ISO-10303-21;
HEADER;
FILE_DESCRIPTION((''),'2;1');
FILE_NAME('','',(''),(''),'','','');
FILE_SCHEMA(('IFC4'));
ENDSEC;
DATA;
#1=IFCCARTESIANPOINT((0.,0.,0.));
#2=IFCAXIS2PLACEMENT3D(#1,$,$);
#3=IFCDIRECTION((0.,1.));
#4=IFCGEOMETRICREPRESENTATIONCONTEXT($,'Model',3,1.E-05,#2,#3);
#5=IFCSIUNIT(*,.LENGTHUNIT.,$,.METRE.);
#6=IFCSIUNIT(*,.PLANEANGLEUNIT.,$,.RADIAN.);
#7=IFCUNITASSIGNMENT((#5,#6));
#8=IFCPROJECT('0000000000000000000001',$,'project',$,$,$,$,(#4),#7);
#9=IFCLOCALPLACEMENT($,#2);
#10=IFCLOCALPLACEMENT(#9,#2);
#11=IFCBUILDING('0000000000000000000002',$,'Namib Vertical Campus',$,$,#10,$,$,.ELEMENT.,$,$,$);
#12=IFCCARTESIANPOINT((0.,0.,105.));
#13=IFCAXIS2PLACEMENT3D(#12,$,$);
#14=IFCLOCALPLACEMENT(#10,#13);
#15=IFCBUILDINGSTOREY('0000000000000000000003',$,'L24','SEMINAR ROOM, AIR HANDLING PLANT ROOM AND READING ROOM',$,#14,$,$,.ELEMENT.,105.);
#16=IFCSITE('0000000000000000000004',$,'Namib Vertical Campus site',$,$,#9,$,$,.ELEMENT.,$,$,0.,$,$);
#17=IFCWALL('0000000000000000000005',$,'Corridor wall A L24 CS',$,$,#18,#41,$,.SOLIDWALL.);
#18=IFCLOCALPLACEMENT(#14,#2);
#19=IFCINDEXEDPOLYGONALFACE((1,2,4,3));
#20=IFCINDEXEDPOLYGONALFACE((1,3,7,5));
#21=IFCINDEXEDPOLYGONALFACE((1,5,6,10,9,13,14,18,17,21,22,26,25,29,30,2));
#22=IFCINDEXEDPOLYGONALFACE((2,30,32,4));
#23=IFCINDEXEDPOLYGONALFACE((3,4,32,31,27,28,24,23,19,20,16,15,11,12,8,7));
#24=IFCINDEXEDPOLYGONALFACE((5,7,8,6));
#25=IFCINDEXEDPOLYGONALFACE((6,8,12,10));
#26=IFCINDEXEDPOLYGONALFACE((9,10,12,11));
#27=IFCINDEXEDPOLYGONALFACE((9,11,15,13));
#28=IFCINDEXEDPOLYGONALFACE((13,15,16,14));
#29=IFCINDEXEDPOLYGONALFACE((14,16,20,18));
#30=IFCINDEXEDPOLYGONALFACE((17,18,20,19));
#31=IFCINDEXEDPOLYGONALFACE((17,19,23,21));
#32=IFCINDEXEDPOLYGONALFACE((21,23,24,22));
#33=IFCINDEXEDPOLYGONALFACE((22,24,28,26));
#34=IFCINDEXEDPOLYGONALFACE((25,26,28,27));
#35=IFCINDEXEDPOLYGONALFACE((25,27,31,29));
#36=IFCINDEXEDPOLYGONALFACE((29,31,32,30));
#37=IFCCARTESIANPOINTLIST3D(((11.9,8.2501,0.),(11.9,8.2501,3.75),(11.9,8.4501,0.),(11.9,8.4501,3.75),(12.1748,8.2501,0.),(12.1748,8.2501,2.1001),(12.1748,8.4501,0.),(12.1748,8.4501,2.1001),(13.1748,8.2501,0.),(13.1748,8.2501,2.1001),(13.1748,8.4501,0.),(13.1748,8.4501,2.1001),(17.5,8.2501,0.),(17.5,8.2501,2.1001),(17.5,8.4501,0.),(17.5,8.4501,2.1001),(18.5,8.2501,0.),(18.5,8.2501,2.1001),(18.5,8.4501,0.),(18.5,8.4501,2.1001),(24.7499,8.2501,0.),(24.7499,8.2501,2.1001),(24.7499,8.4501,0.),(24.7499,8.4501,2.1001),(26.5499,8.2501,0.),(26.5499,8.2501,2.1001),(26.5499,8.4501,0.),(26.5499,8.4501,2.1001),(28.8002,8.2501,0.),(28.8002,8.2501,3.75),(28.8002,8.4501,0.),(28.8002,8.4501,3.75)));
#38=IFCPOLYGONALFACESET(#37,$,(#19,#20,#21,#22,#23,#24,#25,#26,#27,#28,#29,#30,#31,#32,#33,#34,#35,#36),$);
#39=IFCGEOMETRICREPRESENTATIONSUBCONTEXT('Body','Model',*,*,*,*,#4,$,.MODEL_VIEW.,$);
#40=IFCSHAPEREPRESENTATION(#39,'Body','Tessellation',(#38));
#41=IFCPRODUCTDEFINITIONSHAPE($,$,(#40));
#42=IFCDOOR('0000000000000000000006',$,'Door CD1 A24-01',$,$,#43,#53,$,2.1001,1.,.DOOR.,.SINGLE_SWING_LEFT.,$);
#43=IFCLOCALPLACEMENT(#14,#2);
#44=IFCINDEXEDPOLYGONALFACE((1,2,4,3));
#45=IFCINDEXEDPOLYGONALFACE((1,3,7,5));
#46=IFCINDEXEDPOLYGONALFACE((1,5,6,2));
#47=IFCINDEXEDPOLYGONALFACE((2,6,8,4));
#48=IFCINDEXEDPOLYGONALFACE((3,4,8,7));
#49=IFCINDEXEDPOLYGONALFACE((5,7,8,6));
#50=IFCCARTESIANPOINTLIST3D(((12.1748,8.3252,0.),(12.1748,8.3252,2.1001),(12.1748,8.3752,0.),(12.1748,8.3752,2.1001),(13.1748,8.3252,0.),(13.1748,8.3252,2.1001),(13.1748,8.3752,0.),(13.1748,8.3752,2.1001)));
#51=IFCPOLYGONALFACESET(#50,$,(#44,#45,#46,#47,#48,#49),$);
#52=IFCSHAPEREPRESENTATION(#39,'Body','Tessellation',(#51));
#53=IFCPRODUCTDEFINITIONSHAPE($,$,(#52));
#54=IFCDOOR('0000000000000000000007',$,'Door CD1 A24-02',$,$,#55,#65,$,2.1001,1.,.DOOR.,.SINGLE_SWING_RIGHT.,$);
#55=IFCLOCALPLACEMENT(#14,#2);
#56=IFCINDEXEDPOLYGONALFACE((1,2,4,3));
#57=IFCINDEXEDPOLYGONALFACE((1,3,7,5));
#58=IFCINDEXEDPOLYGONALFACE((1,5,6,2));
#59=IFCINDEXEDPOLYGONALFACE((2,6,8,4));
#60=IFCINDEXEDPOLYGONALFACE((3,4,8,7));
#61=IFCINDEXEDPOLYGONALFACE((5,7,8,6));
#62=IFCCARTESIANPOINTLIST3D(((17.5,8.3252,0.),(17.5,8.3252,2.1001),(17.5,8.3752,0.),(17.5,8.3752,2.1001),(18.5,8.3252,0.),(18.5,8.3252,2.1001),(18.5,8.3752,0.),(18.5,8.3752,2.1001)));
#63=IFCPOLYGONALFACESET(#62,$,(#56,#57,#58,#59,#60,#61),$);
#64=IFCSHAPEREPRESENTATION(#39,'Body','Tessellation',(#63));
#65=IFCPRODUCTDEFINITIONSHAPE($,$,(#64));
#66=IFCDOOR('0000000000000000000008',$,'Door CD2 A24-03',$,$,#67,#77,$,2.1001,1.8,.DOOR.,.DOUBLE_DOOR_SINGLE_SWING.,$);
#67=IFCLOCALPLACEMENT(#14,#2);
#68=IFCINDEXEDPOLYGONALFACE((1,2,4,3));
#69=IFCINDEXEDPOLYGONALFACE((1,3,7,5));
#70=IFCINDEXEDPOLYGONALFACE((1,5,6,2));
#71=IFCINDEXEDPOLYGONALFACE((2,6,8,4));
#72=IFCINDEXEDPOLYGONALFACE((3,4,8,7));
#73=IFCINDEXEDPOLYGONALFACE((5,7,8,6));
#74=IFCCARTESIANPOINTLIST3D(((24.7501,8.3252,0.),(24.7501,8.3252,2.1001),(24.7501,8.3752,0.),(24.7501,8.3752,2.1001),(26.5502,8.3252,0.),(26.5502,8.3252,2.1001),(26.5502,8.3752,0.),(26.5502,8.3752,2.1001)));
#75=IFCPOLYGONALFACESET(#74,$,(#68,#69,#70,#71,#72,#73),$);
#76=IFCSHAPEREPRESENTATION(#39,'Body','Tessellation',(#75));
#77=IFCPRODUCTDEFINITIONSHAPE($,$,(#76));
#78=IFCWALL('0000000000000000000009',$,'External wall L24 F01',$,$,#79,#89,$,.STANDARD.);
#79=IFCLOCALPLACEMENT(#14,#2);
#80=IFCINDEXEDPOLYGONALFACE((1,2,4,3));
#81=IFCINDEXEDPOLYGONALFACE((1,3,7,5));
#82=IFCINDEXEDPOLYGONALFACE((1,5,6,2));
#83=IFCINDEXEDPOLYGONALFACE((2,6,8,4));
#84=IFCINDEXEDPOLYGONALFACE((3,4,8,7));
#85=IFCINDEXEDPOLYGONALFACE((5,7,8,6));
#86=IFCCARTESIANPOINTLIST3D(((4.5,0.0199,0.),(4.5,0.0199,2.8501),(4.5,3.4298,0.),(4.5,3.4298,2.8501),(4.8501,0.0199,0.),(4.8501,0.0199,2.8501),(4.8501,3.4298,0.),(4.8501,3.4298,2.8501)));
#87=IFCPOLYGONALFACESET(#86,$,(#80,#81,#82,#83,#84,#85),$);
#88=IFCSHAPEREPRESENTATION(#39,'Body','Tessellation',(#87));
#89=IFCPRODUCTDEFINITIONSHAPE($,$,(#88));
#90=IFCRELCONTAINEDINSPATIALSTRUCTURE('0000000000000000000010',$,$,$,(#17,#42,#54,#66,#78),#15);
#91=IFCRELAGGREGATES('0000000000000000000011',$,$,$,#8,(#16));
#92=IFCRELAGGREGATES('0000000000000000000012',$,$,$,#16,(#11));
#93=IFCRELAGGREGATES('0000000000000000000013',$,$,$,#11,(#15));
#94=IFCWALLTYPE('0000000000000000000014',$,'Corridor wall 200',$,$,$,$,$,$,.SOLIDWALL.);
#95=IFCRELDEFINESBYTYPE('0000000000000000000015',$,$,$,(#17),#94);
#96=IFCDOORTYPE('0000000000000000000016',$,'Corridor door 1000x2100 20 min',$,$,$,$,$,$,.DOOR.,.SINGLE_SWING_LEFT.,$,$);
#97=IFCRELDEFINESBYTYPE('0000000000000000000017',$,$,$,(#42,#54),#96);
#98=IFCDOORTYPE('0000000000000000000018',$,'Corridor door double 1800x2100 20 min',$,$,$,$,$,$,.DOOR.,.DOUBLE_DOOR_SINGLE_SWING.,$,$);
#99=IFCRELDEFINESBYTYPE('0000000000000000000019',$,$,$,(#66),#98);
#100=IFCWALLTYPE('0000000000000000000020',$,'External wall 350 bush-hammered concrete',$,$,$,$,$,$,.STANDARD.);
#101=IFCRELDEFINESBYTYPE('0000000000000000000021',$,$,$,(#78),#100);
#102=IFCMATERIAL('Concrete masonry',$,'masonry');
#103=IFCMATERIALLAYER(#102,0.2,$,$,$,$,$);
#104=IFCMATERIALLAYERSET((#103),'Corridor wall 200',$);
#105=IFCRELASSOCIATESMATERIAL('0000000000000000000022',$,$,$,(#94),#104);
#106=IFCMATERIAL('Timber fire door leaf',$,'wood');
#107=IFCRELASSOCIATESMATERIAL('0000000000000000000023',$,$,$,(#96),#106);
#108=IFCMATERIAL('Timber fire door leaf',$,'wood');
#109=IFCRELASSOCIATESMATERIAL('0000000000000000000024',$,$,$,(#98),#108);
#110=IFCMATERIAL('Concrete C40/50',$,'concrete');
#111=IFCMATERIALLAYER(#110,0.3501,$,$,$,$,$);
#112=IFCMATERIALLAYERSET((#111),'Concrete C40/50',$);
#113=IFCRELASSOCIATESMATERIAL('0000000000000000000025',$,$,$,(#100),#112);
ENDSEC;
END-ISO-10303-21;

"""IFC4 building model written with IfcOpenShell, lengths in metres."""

from ifc_helpers import new_model, si_unit, direction, frame, frame_2d, origin, place, context, subcontext, project, spatial, rectangle, extrude, material, layer, layer_set, type_object, element, fill, save


model = new_model("IFC4")

# Units and contexts
model_context = context("Model", 3, precision=1e-05, world=origin(), true_north=direction((0.0, 1.0)))
body_context = subcontext(model_context, "Body", "Model", "MODEL_VIEW")
ifc_project = project(units=[si_unit("LENGTHUNIT", "METRE"), si_unit("PLANEANGLEUNIT", "RADIAN")], contexts=[model_context])

# Site, building, storey
site_placement = place(None, origin())
site = spatial("IfcSite", under=ifc_project, at=site_placement, Name="Namib Vertical Campus site", CompositionType="ELEMENT", RefElevation=0.0)
building_placement = place(site_placement, origin())
building = spatial("IfcBuilding", under=site, at=building_placement, Name="Namib Vertical Campus", CompositionType="ELEMENT")
storey_placement = place(building_placement, frame((0.0, 0.0, 105.0)))
storey = spatial("IfcBuildingStorey", under=building, at=storey_placement, Name="L24", Description="SEMINAR ROOM, AIR HANDLING PLANT ROOM AND READING ROOM", CompositionType="ELEMENT", Elevation=105.0)

# Wall, openings, doors
ifc_material_1 = material(Name="Concrete masonry", Category="masonry")
ifc_layer_1 = layer(ifc_material_1, 0.2)
ifc_layer_set_1 = layer_set([ifc_layer_1], Name="Corridor wall 200")
wall_type_1 = type_object("IfcWallType", Name="Corridor wall 200", PredefinedType="SOLIDWALL", material=ifc_layer_set_1)
wall_1_placement = place(storey_placement, frame((11.8999, 8.3501, 0.0), z_axis=(0.0, 0.0, 1.0), x_axis=(1.0, 0.0, 0.0)))
wall_1 = element("IfcWall", 1, at=wall_1_placement, inside=storey, type_object=wall_type_1, Name="Corridor wall A L24 CS", PredefinedType="SOLIDWALL", context=body_context, shape_type="SweptSolid", body=[
    extrude(rectangle(XDim=16.9001, YDim=0.2, at=frame_2d((8.4502, 0.0))), origin(), (0.0, 0.0, 1.0), 3.75),
])
opening_1_placement = place(wall_1_placement, frame((0.2749, 0.0, 0.0)))
opening_1 = element("IfcOpeningElement", 2, at=opening_1_placement, cuts=wall_1, PredefinedType="OPENING", context=body_context, shape_type="SweptSolid", body=[
    extrude(rectangle(XDim=1.0, YDim=2.1001, at=frame_2d((0.5, 1.05))), frame((0.0, 0.1099, 0.0), z_axis=(0.0, -1.0, 0.0), x_axis=(1.0, 0.0, 0.0)), (0.0, 0.0, 1.0), 0.22),
])
opening_2_placement = place(wall_1_placement, frame((5.6001, 0.0, 0.0)))
opening_2 = element("IfcOpeningElement", 3, at=opening_2_placement, cuts=wall_1, PredefinedType="OPENING", context=body_context, shape_type="SweptSolid", body=[
    extrude(rectangle(XDim=1.0, YDim=2.1001, at=frame_2d((0.5, 1.05))), frame((0.0, 0.1099, 0.0), z_axis=(0.0, -1.0, 0.0), x_axis=(1.0, 0.0, 0.0)), (0.0, 0.0, 1.0), 0.22),
])
opening_3_placement = place(wall_1_placement, frame((12.8501, 0.0, 0.0)))
opening_3 = element("IfcOpeningElement", 4, at=opening_3_placement, cuts=wall_1, PredefinedType="OPENING", context=body_context, shape_type="SweptSolid", body=[
    extrude(rectangle(XDim=1.8, YDim=2.1001, at=frame_2d((0.8999, 1.05))), frame((0.0, 0.1099, 0.0), z_axis=(0.0, -1.0, 0.0), x_axis=(1.0, 0.0, 0.0)), (0.0, 0.0, 1.0), 0.22),
])
ifc_material_2 = material(Name="Timber fire door leaf", Category="wood")
door_type_1 = type_object("IfcDoorType", Name="Corridor door 1000x2100 20 min", OperationType="SINGLE_SWING_LEFT", PredefinedType="DOOR", material=ifc_material_2)
door_1_placement = place(opening_1_placement, frame((1.0, 0.0, 0.0), z_axis=(0.0, 0.0, 1.0), x_axis=(-1.0, 0.0, 0.0)))
door_1 = element("IfcDoor", 5, at=door_1_placement, inside=storey, type_object=door_type_1, Name="Door CD1 A24-01", OperationType="SINGLE_SWING_LEFT", OverallHeight=2.1001, OverallWidth=1.0, PredefinedType="DOOR", context=body_context, shape_type="SweptSolid", body=[
    extrude(rectangle(XDim=1.0, YDim=2.1001, at=frame_2d((0.5, 1.05))), frame((0.0, 0.0249, 0.0), z_axis=(0.0, -1.0, 0.0), x_axis=(1.0, 0.0, 0.0)), (0.0, 0.0, 1.0), 0.05),
])
fill(opening_1, door_1)
door_2_placement = place(opening_2_placement, frame((1.0, 0.0, 0.0), z_axis=(0.0, 0.0, 1.0), x_axis=(-1.0, 0.0, 0.0)))
door_2 = element("IfcDoor", 6, at=door_2_placement, inside=storey, type_object=door_type_1, Name="Door CD1 A24-02", OperationType="SINGLE_SWING_RIGHT", OverallHeight=2.1001, OverallWidth=1.0, PredefinedType="DOOR", context=body_context, shape_type="SweptSolid", body=[
    extrude(rectangle(XDim=1.0, YDim=2.1001, at=frame_2d((0.5, 1.05))), frame((0.0, 0.0249, 0.0), z_axis=(0.0, -1.0, 0.0), x_axis=(1.0, 0.0, 0.0)), (0.0, 0.0, 1.0), 0.05),
])
fill(opening_2, door_2)
ifc_material_3 = material(Name="Timber fire door leaf", Category="wood")
door_type_2 = type_object("IfcDoorType", Name="Corridor door double 1800x2100 20 min", OperationType="DOUBLE_DOOR_SINGLE_SWING", PredefinedType="DOOR", material=ifc_material_3)
door_3_placement = place(opening_3_placement, frame((1.8, 0.0, 0.0), z_axis=(0.0, 0.0, 1.0), x_axis=(-1.0, 0.0, 0.0)))
door_3 = element("IfcDoor", 7, at=door_3_placement, inside=storey, type_object=door_type_2, Name="Door CD2 A24-03", OperationType="DOUBLE_DOOR_SINGLE_SWING", OverallHeight=2.1001, OverallWidth=1.8, PredefinedType="DOOR", context=body_context, shape_type="SweptSolid", body=[
    extrude(rectangle(XDim=1.8, YDim=2.1001, at=frame_2d((0.8999, 1.05))), frame((0.0, 0.0249, 0.0), z_axis=(0.0, -1.0, 0.0), x_axis=(1.0, 0.0, 0.0)), (0.0, 0.0, 1.0), 0.05),
])
fill(opening_3, door_3)

# Wall
ifc_material_4 = material(Name="Concrete C40/50", Category="concrete")
ifc_layer_2 = layer(ifc_material_4, 0.3501)
ifc_layer_set_2 = layer_set([ifc_layer_2], Name="Concrete C40/50")
wall_type_2 = type_object("IfcWallType", Name="External wall 350 bush-hammered concrete", PredefinedType="STANDARD", material=ifc_layer_set_2)
wall_2_placement = place(storey_placement, frame((4.675, 3.4299, 0.0), z_axis=(0.0, 0.0, 1.0), x_axis=(0.0, -1.0, 0.0)))
element("IfcWall", 8, at=wall_2_placement, inside=storey, type_object=wall_type_2, Name="External wall L24 F01", PredefinedType="STANDARD", context=body_context, shape_type="SweptSolid", body=[
    extrude(rectangle(XDim=3.4099, YDim=0.3501, at=frame_2d((1.7051, 0.0))), origin(), (0.0, 0.0, 1.0), 2.8501),
])

save(model, "model.ifc")
